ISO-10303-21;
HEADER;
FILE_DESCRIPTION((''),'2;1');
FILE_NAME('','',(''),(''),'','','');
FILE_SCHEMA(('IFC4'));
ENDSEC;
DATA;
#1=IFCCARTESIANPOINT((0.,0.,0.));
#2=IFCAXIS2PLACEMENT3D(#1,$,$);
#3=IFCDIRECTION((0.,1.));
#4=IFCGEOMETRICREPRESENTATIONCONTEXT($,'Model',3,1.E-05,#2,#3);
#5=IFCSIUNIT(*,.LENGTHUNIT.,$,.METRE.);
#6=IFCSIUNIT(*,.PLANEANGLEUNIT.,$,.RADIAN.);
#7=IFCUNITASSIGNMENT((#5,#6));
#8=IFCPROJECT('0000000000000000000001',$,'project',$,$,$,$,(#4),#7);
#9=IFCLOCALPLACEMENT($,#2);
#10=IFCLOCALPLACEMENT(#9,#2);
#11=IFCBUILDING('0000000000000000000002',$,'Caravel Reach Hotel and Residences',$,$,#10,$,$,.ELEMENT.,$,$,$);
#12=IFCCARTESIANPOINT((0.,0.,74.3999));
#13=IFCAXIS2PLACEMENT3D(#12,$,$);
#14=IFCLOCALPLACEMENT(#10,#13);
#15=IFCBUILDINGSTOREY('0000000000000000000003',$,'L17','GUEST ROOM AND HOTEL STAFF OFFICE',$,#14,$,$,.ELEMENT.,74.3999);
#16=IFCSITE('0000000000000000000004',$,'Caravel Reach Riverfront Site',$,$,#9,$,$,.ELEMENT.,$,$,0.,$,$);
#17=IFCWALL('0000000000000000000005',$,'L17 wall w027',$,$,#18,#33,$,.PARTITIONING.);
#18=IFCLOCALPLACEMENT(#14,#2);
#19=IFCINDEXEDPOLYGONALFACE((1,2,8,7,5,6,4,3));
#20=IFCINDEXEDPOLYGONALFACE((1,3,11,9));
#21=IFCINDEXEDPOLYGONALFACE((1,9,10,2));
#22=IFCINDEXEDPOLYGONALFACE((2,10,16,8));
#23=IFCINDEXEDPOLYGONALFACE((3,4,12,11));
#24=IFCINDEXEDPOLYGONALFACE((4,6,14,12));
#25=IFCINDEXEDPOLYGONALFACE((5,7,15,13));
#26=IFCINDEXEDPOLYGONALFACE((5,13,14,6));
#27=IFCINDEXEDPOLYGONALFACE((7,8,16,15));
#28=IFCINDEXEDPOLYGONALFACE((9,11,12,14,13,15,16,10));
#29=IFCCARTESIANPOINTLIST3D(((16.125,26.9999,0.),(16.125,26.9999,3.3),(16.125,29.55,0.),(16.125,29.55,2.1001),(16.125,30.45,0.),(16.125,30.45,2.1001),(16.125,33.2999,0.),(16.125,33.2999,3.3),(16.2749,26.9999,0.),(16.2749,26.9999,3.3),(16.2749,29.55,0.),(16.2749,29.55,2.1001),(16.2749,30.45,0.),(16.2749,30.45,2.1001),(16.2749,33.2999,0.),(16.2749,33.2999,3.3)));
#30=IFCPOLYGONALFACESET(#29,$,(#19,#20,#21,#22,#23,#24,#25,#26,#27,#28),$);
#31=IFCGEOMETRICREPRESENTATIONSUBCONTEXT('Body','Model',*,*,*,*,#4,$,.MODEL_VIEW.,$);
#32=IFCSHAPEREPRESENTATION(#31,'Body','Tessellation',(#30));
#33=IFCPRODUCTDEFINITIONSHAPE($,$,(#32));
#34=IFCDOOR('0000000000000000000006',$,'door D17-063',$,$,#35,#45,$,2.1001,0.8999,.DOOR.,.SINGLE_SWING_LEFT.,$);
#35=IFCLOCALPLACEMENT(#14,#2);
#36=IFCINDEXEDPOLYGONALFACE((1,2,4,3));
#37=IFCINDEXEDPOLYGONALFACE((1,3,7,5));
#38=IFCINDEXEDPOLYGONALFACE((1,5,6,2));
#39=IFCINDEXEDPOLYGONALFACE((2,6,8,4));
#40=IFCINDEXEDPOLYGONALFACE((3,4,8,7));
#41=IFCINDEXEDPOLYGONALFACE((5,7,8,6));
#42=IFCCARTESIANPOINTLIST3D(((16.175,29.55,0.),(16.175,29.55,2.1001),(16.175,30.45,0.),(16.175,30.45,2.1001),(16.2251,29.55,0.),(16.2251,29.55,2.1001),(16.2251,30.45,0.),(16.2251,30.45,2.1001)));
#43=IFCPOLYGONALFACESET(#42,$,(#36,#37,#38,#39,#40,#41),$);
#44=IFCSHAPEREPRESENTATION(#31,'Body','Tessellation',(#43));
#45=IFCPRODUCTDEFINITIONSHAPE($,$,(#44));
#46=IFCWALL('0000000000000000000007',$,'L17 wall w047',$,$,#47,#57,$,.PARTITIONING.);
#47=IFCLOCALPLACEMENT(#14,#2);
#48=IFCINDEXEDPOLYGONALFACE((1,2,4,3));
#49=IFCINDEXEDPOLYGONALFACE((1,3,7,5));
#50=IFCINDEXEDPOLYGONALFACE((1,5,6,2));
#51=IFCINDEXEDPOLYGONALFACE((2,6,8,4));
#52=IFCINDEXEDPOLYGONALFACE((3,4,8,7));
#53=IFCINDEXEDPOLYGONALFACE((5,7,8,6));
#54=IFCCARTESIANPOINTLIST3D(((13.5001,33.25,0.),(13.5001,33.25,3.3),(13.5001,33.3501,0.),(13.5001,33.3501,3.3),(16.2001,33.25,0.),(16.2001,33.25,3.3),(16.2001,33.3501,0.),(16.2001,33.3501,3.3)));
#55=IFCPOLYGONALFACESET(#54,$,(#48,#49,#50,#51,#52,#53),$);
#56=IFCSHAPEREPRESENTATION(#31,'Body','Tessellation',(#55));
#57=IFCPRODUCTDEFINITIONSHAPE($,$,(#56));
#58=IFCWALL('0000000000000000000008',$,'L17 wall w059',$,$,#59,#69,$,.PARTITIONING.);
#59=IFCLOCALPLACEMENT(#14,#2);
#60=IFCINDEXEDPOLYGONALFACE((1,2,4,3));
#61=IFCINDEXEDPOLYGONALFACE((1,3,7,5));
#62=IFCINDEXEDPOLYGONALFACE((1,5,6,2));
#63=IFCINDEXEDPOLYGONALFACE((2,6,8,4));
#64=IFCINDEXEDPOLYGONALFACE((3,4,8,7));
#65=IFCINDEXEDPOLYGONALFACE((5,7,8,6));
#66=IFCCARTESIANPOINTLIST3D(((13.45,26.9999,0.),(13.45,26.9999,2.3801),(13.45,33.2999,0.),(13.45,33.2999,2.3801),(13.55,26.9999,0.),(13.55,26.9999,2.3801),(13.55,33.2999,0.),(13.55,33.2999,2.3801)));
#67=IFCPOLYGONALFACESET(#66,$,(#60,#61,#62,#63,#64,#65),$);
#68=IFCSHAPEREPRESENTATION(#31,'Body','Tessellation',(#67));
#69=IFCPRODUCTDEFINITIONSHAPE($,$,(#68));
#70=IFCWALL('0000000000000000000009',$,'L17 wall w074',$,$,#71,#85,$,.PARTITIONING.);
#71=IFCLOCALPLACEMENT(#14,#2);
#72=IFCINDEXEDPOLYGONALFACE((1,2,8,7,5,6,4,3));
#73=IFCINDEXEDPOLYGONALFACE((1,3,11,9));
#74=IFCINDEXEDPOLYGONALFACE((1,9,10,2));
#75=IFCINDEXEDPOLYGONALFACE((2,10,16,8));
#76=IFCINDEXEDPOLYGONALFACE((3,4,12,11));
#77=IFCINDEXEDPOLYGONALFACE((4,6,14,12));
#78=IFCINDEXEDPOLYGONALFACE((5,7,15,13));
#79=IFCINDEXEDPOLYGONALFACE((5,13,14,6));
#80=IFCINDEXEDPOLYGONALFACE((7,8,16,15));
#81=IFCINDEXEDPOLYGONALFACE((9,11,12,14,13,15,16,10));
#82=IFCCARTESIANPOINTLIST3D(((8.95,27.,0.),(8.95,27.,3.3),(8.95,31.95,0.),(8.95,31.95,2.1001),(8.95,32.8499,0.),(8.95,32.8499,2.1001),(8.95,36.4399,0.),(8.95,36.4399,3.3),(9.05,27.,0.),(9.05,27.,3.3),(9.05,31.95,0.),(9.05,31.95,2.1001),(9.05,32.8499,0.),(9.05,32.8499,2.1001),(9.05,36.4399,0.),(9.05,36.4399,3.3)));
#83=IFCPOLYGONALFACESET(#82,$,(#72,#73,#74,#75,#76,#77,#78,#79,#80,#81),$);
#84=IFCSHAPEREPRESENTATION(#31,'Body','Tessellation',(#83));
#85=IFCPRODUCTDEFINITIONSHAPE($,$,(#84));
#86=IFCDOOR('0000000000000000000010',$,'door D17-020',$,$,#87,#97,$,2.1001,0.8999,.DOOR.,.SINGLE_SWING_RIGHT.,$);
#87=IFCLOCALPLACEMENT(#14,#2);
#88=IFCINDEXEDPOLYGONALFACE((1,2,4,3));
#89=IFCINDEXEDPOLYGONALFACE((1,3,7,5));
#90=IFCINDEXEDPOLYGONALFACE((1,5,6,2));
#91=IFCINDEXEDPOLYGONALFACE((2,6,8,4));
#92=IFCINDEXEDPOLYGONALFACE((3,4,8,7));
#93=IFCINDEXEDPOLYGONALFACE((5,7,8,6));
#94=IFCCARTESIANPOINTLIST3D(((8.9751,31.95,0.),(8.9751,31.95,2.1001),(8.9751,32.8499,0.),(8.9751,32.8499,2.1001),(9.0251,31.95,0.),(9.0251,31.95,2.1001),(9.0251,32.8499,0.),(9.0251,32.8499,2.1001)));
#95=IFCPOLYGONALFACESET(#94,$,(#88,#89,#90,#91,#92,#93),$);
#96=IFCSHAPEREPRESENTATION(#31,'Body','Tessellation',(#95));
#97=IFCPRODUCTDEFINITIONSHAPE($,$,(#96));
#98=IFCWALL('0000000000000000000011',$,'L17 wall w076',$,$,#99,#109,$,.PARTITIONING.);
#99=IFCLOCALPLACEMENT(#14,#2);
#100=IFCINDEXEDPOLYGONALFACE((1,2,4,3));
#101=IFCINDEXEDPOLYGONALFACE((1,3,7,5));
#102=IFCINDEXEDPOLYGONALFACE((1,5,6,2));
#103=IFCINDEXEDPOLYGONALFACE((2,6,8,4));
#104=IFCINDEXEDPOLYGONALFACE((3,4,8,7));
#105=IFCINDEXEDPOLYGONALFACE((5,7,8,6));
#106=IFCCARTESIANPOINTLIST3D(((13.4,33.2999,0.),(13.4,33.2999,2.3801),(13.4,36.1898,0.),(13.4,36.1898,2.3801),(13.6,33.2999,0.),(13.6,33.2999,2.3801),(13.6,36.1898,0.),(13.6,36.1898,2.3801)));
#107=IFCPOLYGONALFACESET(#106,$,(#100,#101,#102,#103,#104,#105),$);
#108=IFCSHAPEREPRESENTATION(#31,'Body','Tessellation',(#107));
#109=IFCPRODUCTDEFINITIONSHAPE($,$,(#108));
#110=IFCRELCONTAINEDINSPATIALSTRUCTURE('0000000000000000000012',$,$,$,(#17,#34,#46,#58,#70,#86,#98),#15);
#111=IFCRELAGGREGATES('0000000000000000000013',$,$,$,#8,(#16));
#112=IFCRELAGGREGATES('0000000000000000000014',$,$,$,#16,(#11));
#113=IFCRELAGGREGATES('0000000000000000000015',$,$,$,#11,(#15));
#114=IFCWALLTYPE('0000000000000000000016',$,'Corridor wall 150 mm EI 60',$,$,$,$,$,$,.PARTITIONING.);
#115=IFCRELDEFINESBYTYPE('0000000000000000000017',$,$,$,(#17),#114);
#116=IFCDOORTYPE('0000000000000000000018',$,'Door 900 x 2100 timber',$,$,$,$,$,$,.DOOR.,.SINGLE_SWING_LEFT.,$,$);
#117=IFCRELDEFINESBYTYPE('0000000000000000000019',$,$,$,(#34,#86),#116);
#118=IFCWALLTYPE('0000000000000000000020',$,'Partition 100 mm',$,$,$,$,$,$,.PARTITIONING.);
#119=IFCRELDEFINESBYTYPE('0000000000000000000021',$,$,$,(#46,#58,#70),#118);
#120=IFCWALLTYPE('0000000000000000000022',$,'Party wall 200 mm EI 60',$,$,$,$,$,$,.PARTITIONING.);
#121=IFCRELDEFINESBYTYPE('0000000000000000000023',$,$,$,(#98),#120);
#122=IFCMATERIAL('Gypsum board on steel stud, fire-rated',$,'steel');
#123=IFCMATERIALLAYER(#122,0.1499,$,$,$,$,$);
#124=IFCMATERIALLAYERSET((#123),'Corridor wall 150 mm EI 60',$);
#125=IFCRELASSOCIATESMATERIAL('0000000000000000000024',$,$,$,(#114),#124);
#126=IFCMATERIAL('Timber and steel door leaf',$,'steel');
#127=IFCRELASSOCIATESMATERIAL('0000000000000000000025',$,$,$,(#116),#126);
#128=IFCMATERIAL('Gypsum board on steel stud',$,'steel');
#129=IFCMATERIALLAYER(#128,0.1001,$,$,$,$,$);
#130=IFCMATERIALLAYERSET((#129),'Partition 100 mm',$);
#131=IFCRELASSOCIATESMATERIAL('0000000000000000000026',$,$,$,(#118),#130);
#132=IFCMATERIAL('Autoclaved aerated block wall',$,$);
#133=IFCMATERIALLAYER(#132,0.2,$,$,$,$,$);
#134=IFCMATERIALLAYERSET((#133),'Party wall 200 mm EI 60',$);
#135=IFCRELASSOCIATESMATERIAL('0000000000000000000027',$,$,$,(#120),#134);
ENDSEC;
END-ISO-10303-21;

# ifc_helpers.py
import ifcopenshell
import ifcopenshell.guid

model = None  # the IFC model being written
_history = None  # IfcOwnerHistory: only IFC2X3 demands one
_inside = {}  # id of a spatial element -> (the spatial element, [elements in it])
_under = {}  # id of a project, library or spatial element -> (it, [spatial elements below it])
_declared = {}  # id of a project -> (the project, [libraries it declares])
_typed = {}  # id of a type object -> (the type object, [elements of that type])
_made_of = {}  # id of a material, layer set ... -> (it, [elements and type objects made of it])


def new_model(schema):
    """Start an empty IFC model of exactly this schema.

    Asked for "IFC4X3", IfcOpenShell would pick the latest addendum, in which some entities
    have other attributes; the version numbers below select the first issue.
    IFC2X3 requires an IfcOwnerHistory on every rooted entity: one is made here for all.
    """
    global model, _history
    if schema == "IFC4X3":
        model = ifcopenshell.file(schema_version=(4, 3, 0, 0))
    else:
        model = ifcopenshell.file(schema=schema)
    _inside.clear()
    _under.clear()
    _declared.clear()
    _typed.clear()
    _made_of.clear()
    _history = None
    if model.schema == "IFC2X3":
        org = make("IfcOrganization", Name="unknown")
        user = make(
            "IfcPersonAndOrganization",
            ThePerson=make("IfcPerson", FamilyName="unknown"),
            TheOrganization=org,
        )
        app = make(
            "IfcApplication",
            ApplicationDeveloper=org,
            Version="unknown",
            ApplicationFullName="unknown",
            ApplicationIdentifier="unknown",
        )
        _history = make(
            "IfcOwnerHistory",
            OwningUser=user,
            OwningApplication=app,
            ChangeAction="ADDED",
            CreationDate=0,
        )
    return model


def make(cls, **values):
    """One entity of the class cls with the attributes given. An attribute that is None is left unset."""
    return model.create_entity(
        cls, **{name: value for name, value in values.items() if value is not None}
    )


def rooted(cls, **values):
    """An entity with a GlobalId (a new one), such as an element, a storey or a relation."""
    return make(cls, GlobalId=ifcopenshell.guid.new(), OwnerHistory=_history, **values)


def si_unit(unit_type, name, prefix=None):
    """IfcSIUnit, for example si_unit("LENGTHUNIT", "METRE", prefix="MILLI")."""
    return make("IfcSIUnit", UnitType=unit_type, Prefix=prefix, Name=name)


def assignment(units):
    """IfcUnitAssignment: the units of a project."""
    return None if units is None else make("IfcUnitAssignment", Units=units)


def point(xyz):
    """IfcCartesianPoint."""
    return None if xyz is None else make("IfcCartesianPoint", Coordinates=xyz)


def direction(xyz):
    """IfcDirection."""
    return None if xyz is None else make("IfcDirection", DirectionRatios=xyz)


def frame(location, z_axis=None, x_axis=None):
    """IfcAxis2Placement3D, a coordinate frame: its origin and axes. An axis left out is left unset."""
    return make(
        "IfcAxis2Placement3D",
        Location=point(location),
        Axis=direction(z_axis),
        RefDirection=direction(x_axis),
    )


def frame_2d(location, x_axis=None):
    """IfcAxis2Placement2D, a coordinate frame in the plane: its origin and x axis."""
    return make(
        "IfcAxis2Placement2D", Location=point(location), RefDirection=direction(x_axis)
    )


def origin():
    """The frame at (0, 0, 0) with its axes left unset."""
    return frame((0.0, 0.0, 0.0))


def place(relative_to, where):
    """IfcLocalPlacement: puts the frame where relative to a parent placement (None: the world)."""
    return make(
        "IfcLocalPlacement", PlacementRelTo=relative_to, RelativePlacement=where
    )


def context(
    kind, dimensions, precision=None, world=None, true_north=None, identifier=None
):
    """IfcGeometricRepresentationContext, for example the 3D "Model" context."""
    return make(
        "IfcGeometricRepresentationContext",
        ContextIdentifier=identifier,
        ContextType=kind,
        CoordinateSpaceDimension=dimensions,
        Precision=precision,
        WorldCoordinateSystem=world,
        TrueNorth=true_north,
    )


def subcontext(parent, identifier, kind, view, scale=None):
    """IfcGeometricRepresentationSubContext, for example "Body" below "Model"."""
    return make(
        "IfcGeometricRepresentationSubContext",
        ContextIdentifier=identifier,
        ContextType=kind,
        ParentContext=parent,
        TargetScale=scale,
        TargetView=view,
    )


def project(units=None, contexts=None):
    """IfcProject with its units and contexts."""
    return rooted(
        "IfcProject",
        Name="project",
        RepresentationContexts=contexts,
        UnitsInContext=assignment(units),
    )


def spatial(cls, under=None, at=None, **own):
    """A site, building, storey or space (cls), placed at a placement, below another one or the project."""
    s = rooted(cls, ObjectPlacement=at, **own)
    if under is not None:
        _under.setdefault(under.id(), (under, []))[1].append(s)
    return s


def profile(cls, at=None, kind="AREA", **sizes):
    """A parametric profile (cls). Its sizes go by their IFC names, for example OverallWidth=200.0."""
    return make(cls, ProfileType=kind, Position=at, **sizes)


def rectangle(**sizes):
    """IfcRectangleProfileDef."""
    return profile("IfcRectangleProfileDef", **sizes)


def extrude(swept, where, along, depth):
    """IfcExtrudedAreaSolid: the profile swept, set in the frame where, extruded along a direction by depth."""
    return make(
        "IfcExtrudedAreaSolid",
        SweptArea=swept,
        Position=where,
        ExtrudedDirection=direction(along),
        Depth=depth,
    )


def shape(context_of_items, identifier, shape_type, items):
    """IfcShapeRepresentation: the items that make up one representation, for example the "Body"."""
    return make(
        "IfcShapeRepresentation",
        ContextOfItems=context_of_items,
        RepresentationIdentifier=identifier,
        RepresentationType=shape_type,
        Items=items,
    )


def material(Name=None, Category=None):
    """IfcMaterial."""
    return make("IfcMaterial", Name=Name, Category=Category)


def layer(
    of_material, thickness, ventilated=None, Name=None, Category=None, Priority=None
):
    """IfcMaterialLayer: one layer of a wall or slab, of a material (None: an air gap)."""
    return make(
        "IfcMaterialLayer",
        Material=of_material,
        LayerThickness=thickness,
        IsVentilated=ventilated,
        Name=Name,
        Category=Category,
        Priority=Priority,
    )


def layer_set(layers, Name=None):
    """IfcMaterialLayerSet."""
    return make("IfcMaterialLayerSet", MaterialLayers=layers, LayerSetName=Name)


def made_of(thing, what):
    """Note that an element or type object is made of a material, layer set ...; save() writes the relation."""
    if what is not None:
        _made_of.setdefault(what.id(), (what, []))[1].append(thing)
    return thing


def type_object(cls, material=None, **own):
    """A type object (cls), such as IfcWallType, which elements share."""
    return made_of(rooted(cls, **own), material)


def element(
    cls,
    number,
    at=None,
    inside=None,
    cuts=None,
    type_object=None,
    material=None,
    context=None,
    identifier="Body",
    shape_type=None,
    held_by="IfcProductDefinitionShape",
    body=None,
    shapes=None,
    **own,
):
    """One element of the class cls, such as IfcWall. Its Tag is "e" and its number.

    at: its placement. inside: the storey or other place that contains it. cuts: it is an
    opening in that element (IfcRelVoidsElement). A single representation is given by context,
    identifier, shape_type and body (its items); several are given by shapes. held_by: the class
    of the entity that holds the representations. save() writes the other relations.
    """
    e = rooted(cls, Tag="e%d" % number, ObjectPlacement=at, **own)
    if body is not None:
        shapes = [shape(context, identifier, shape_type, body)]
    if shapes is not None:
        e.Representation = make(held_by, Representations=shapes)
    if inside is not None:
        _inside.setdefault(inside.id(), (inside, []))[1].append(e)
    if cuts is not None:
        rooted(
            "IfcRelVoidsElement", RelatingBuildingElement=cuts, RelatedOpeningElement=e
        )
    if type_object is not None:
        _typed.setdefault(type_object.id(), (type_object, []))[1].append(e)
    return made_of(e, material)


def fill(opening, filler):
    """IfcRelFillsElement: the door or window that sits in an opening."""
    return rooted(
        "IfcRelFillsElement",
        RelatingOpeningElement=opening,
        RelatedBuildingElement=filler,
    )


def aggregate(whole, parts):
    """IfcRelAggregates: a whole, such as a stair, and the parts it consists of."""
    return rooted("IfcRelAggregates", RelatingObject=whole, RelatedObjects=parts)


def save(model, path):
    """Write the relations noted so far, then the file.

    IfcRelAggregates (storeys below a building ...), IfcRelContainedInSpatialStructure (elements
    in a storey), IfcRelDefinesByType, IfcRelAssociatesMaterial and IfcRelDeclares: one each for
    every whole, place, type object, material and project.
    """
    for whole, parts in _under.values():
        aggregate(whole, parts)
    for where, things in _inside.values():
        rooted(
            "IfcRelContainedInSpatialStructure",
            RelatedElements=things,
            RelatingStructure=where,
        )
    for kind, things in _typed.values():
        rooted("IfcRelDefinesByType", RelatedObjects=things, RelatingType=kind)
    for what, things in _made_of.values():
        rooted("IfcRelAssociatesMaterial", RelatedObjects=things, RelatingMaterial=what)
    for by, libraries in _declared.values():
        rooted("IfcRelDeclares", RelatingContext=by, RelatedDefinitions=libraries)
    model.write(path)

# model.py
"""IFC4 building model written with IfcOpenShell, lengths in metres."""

from ifc_helpers import new_model, si_unit, direction, frame, frame_2d, origin, place, context, subcontext, project, spatial, rectangle, extrude, material, layer, layer_set, type_object, element, fill, save


model = new_model("IFC4")

# Units and contexts
model_context = context("Model", 3, precision=1e-05, world=origin(), true_north=direction((0.0, 1.0)))
body_context = subcontext(model_context, "Body", "Model", "MODEL_VIEW")
ifc_project = project(units=[si_unit("LENGTHUNIT", "METRE"), si_unit("PLANEANGLEUNIT", "RADIAN")], contexts=[model_context])

# Site, building, storey
site_placement = place(None, origin())
site = spatial("IfcSite", under=ifc_project, at=site_placement, Name="Caravel Reach Riverfront Site", CompositionType="ELEMENT", RefElevation=0.0)
building_placement = place(site_placement, origin())
building = spatial("IfcBuilding", under=site, at=building_placement, Name="Caravel Reach Hotel and Residences", CompositionType="ELEMENT")
storey_placement = place(building_placement, frame((0.0, 0.0, 74.3999)))
storey = spatial("IfcBuildingStorey", under=building, at=storey_placement, Name="L17", Description="GUEST ROOM AND HOTEL STAFF OFFICE", CompositionType="ELEMENT", Elevation=74.3999)

# Shared definitions
ifc_material_1 = material(Name="Gypsum board on steel stud, fire-rated", Category="steel")
ifc_layer_1 = layer(ifc_material_1, 0.1499)
ifc_layer_set_1 = layer_set([ifc_layer_1], Name="Corridor wall 150 mm EI 60")
wall_type_1 = type_object("IfcWallType", Name="Corridor wall 150 mm EI 60", PredefinedType="PARTITIONING", material=ifc_layer_set_1)
ifc_material_2 = material(Name="Timber and steel door leaf", Category="steel")
door_type_1 = type_object("IfcDoorType", Name="Door 900 x 2100 timber", OperationType="SINGLE_SWING_LEFT", PredefinedType="DOOR", material=ifc_material_2)

# Wall, opening, door
wall_1_placement = place(storey_placement, frame((16.2, 27.0, 0.0), z_axis=(0.0, 0.0, 1.0), x_axis=(0.0, 1.0, 0.0)))
wall_1 = element("IfcWall", 1, at=wall_1_placement, inside=storey, type_object=wall_type_1, Name="L17 wall w027", PredefinedType="PARTITIONING", context=body_context, shape_type="SweptSolid", body=[
    extrude(rectangle(XDim=6.3, YDim=0.1499, at=frame_2d((3.1499, 0.0))), origin(), (0.0, 0.0, 1.0), 3.3),
])
opening_1_placement = place(wall_1_placement, frame((2.55, 0.0, 0.0)))
opening_1 = element("IfcOpeningElement", 2, at=opening_1_placement, cuts=wall_1, PredefinedType="OPENING", context=body_context, shape_type="SweptSolid", body=[
    extrude(rectangle(XDim=0.8999, YDim=2.1001, at=frame_2d((0.45, 1.05))), frame((0.0, 0.085, 0.0), z_axis=(0.0, -1.0, 0.0), x_axis=(1.0, 0.0, 0.0)), (0.0, 0.0, 1.0), 0.1699),
])
door_1_placement = place(opening_1_placement, origin())
door_1 = element("IfcDoor", 3, at=door_1_placement, inside=storey, type_object=door_type_1, Name="door D17-063", OperationType="SINGLE_SWING_LEFT", OverallHeight=2.1001, OverallWidth=0.8999, PredefinedType="DOOR", context=body_context, shape_type="SweptSolid", body=[
    extrude(rectangle(XDim=0.8999, YDim=2.1001, at=frame_2d((0.45, 1.05))), frame((0.0, 0.0249, 0.0), z_axis=(0.0, -1.0, 0.0), x_axis=(1.0, 0.0, 0.0)), (0.0, 0.0, 1.0), 0.05),
])
fill(opening_1, door_1)

# Walls
ifc_material_3 = material(Name="Gypsum board on steel stud", Category="steel")
ifc_layer_2 = layer(ifc_material_3, 0.1001)
ifc_layer_set_2 = layer_set([ifc_layer_2], Name="Partition 100 mm")
wall_type_2 = type_object("IfcWallType", Name="Partition 100 mm", PredefinedType="PARTITIONING", material=ifc_layer_set_2)
wall_2_placement = place(storey_placement, frame((13.5, 33.3, 0.0), z_axis=(0.0, 0.0, 1.0), x_axis=(1.0, 0.0, 0.0)))
element("IfcWall", 4, at=wall_2_placement, inside=storey, type_object=wall_type_2, Name="L17 wall w047", PredefinedType="PARTITIONING", context=body_context, shape_type="SweptSolid", body=[
    extrude(rectangle(XDim=2.7, YDim=0.1001, at=frame_2d((1.3501, 0.0))), origin(), (0.0, 0.0, 1.0), 3.3),
])
wall_3_placement = place(storey_placement, frame((13.5, 27.0, 0.0), z_axis=(0.0, 0.0, 1.0), x_axis=(0.0, 1.0, 0.0)))
element("IfcWall", 5, at=wall_3_placement, inside=storey, type_object=wall_type_2, Name="L17 wall w059", PredefinedType="PARTITIONING", context=body_context, shape_type="SweptSolid", body=[
    extrude(rectangle(XDim=6.3, YDim=0.1001, at=frame_2d((3.1499, 0.0))), origin(), (0.0, 0.0, 1.0), 2.3801),
])

# Wall, opening, door
wall_4_placement = place(storey_placement, frame((9.0, 27.0, 0.0), z_axis=(0.0, 0.0, 1.0), x_axis=(0.0, 1.0, 0.0)))
wall_4 = element("IfcWall", 6, at=wall_4_placement, inside=storey, type_object=wall_type_2, Name="L17 wall w074", PredefinedType="PARTITIONING", context=body_context, shape_type="SweptSolid", body=[
    extrude(rectangle(XDim=9.4399, YDim=0.1001, at=frame_2d((4.72, 0.0))), origin(), (0.0, 0.0, 1.0), 3.3),
])
opening_2_placement = place(wall_4_placement, frame((4.95, 0.0, 0.0)))
opening_2 = element("IfcOpeningElement", 7, at=opening_2_placement, cuts=wall_4, PredefinedType="OPENING", context=body_context, shape_type="SweptSolid", body=[
    extrude(rectangle(XDim=0.8999, YDim=2.1001, at=frame_2d((0.45, 1.05))), frame((0.0, 0.0601, 0.0), z_axis=(0.0, -1.0, 0.0), x_axis=(1.0, 0.0, 0.0)), (0.0, 0.0, 1.0), 0.1201),
])
door_2_placement = place(opening_2_placement, origin())
door_2 = element("IfcDoor", 8, at=door_2_placement, inside=storey, type_object=door_type_1, Name="door D17-020", OperationType="SINGLE_SWING_RIGHT", OverallHeight=2.1001, OverallWidth=0.8999, PredefinedType="DOOR", context=body_context, shape_type="SweptSolid", body=[
    extrude(rectangle(XDim=0.8999, YDim=2.1001, at=frame_2d((0.45, 1.05))), frame((0.0, 0.0249, 0.0), z_axis=(0.0, -1.0, 0.0), x_axis=(1.0, 0.0, 0.0)), (0.0, 0.0, 1.0), 0.05),
])
fill(opening_2, door_2)

# Wall
ifc_material_4 = material(Name="Autoclaved aerated block wall")
ifc_layer_3 = layer(ifc_material_4, 0.2)
ifc_layer_set_3 = layer_set([ifc_layer_3], Name="Party wall 200 mm EI 60")
wall_type_3 = type_object("IfcWallType", Name="Party wall 200 mm EI 60", PredefinedType="PARTITIONING", material=ifc_layer_set_3)
wall_5_placement = place(storey_placement, frame((13.5, 33.3, 0.0), z_axis=(0.0, 0.0, 1.0), x_axis=(0.0, 1.0, 0.0)))
element("IfcWall", 9, at=wall_5_placement, inside=storey, type_object=wall_type_3, Name="L17 wall w076", PredefinedType="PARTITIONING", context=body_context, shape_type="SweptSolid", body=[
    extrude(rectangle(XDim=2.8899, YDim=0.2, at=frame_2d((1.4448, 0.0))), origin(), (0.0, 0.0, 1.0), 2.3801),
])

save(model, "model.ifc")
